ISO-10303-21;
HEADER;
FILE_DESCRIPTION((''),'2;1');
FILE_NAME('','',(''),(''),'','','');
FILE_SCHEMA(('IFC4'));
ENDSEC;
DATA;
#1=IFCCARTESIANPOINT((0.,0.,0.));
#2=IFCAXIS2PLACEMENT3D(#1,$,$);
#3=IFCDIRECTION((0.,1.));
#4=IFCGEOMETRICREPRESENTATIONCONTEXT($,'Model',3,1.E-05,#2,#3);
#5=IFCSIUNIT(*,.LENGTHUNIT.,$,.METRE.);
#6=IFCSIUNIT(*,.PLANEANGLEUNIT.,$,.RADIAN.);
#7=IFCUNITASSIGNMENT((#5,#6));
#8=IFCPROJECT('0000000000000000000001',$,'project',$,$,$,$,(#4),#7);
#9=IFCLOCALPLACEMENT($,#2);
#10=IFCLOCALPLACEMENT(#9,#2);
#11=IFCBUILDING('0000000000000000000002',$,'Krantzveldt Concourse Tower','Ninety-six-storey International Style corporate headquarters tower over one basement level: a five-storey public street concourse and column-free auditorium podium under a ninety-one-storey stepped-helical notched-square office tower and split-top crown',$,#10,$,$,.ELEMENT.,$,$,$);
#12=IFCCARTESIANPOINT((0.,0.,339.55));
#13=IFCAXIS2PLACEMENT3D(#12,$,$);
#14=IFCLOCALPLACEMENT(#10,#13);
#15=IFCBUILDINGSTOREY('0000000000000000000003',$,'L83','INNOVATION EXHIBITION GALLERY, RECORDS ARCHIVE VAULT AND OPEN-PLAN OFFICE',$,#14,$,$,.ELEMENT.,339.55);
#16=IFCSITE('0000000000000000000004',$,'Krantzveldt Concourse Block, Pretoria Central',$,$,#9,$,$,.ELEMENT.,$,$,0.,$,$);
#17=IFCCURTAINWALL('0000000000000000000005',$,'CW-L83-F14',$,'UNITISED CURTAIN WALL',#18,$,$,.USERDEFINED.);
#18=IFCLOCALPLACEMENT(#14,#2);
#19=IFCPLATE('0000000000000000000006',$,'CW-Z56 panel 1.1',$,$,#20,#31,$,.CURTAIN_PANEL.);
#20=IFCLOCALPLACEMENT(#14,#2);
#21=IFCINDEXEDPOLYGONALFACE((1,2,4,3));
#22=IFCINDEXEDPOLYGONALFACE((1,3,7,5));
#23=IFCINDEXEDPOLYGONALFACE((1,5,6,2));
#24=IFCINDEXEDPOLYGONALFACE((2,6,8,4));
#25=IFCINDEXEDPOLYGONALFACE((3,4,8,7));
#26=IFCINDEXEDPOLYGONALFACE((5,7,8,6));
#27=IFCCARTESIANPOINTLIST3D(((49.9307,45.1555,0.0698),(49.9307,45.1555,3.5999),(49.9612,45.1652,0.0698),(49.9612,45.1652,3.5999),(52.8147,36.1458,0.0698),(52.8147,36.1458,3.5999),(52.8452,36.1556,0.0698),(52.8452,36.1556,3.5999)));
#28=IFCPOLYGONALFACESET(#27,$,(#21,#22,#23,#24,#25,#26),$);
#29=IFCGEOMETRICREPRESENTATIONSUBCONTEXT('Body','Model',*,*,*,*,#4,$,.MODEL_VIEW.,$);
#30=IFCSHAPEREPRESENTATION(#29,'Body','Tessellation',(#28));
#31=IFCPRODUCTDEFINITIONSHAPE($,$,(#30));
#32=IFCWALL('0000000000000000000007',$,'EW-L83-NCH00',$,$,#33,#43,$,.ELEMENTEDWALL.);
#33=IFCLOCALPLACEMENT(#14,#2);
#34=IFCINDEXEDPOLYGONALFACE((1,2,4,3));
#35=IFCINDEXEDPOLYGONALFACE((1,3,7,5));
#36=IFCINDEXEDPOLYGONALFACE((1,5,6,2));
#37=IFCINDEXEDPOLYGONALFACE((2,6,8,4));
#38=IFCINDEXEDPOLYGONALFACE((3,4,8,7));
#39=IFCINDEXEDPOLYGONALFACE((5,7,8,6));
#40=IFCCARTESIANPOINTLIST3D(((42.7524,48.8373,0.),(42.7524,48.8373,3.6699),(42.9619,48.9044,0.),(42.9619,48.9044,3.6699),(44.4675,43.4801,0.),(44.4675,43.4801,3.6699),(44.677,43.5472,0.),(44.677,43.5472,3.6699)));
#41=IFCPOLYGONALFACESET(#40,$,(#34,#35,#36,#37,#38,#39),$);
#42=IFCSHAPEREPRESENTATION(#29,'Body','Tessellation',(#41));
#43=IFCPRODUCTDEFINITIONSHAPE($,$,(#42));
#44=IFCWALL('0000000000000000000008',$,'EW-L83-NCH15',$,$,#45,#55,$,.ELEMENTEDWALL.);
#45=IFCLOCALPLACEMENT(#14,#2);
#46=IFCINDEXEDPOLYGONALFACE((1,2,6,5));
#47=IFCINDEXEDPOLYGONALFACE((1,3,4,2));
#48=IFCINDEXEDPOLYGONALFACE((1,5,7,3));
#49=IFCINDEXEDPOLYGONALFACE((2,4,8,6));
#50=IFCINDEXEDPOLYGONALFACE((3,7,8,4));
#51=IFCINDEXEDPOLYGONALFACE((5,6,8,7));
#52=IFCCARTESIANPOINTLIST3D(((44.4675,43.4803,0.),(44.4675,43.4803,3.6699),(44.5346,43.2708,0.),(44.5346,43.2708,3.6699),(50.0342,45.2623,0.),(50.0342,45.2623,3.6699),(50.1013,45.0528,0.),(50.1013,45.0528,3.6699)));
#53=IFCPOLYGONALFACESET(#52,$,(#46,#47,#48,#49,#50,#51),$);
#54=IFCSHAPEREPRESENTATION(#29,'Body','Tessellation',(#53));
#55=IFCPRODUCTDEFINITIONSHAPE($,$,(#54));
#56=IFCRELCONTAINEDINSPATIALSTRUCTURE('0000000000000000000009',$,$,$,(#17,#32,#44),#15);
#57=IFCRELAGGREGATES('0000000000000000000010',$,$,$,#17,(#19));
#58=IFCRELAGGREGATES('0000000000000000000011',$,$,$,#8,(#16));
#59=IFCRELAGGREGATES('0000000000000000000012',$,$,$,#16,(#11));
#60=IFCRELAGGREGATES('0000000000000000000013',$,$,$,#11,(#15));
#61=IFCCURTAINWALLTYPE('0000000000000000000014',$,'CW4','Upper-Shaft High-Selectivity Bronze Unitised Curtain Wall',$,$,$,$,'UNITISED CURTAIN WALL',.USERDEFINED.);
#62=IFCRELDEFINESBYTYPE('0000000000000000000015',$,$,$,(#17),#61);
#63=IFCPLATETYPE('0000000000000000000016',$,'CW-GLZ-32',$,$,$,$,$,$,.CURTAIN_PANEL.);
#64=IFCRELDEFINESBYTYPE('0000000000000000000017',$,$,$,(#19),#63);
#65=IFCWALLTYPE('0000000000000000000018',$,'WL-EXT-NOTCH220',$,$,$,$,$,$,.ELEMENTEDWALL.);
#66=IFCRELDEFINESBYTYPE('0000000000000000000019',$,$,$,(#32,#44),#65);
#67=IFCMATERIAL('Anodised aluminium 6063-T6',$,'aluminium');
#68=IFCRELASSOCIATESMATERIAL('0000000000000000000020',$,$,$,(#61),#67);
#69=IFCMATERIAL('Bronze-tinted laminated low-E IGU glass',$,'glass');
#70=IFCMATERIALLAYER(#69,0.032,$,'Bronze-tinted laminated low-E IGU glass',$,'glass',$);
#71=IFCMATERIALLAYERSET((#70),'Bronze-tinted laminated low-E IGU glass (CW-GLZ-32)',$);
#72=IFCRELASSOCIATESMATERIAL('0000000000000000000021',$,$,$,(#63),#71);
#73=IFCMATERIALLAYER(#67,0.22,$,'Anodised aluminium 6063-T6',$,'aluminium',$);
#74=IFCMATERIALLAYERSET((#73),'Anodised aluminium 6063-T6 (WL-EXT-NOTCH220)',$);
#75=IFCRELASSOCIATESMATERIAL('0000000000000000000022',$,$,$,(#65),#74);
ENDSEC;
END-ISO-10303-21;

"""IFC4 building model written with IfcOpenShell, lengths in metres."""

from ifc_helpers import new_model, si_unit, direction, frame, frame_2d, origin, origin_2d, place, context, subcontext, project, spatial, rectangle, extrude, source, transform, mapped, material, layer, layer_set, type_object, element, aggregate, save


model = new_model("IFC4")

# Units and contexts
model_context = context("Model", 3, precision=1e-05, world=origin(), true_north=direction((0.0, 1.0)))
body_context = subcontext(model_context, "Body", "Model", "MODEL_VIEW")
ifc_project = project(units=[si_unit("LENGTHUNIT", "METRE"), si_unit("PLANEANGLEUNIT", "RADIAN")], contexts=[model_context])

# Site, building, storey
site_placement = place(None, origin())
site = spatial("IfcSite", under=ifc_project, at=site_placement, Name="Krantzveldt Concourse Block, Pretoria Central", CompositionType="ELEMENT", RefElevation=0.0)
building_placement = place(site_placement, origin())
building = spatial("IfcBuilding", under=site, at=building_placement, Name="Krantzveldt Concourse Tower", Description="Ninety-six-storey International Style corporate headquarters tower over one basement level: a five-storey public street concourse and column-free auditorium podium under a ninety-one-storey stepped-helical notched-square office tower and split-top crown", CompositionType="ELEMENT")
storey_placement = place(building_placement, frame((0.0, 0.0, 339.55)))
storey = spatial("IfcBuildingStorey", under=building, at=storey_placement, Name="L83", Description="INNOVATION EXHIBITION GALLERY, RECORDS ARCHIVE VAULT AND OPEN-PLAN OFFICE", CompositionType="ELEMENT", Elevation=339.55)

# Shared definitions
ifc_material_1 = material(Name="Anodised aluminium 6063-T6", Category="aluminium")
curtain_wall_type_1 = type_object("IfcCurtainWallType", Name="CW4", Description="Upper-Shaft High-Selectivity Bronze Unitised Curtain Wall", ElementType="UNITISED CURTAIN WALL", PredefinedType="USERDEFINED", material=ifc_material_1)

# Curtain wall
curtain_wall_1_placement = place(storey_placement, origin())
curtain_wall_1 = element("IfcCurtainWall", 1, at=curtain_wall_1_placement, inside=storey, type_object=curtain_wall_type_1, Name="CW-L83-F14", ObjectType="UNITISED CURTAIN WALL", PredefinedType="USERDEFINED")

# Plate
ifc_material_2 = material(Name="Bronze-tinted laminated low-E IGU glass", Category="glass")
ifc_layer_1 = layer(ifc_material_2, 0.032, Name="Bronze-tinted laminated low-E IGU glass", Category="glass")
ifc_layer_set_1 = layer_set([ifc_layer_1], Name="Bronze-tinted laminated low-E IGU glass (CW-GLZ-32)")
plate_type = type_object("IfcPlateType", Name="CW-GLZ-32", PredefinedType="CURTAIN_PANEL", material=ifc_layer_set_1)
shared_shape_1 = source(origin(), body_context, "Body", "SweptSolid", [
    extrude(rectangle(XDim=9.46, YDim=0.032, at=origin_2d()), origin(), (0.0, 0.0, 1.0), 3.53),
])
plate_1_placement = place(storey_placement, frame((51.3879, 40.6555, 0.0698), z_axis=(0.0, 0.0, 1.0), x_axis=(-0.304865, 0.952396, 0.0)))
plate_1 = element("IfcPlate", 2, at=plate_1_placement, type_object=plate_type, Name="CW-Z56 panel 1.1", PredefinedType="CURTAIN_PANEL", context=body_context, shape_type="MappedRepresentation", body=[
    mapped(shared_shape_1, transform((0.0, 0.0, 0.0), x_axis=(1.0, 0.0, 0.0), y_axis=(0.0, 1.0, 0.0), z_axis=(0.0, 0.0, 1.0), scale=1.0)),
])
aggregate(curtain_wall_1, [plate_1])

# Walls
ifc_layer_2 = layer(ifc_material_1, 0.22, Name="Anodised aluminium 6063-T6", Category="aluminium")
ifc_layer_set_2 = layer_set([ifc_layer_2], Name="Anodised aluminium 6063-T6 (WL-EXT-NOTCH220)")
wall_type = type_object("IfcWallType", Name="WL-EXT-NOTCH220", PredefinedType="ELEMENTEDWALL", material=ifc_layer_set_2)
wall_1_placement = place(storey_placement, frame((44.5723, 43.5137, 0.0), z_axis=(0.0, 0.0, 1.0), x_axis=(-0.304903, 0.952383, 0.0)))
element("IfcWall", 3, at=wall_1_placement, inside=storey, type_object=wall_type, Name="EW-L83-NCH00", PredefinedType="ELEMENTEDWALL", context=body_context, shape_type="SweptSolid", body=[
    extrude(rectangle(XDim=5.625, YDim=0.22, at=frame_2d((2.8125, 0.0))), origin(), (0.0, 0.0, 1.0), 3.6699),
])
wall_2_placement = place(storey_placement, frame((50.0676, 45.1575, 0.0), z_axis=(0.0, 0.0, 1.0), x_axis=(-0.952392, -0.304877, 0.0)))
element("IfcWall", 4, at=wall_2_placement, inside=storey, type_object=wall_type, Name="EW-L83-NCH15", PredefinedType="ELEMENTEDWALL", context=body_context, shape_type="SweptSolid", body=[
    extrude(rectangle(XDim=5.845, YDim=0.22, at=frame_2d((2.9224, 0.0))), origin(), (0.0, 0.0, 1.0), 3.6699),
])

save(model, "model.ifc")
